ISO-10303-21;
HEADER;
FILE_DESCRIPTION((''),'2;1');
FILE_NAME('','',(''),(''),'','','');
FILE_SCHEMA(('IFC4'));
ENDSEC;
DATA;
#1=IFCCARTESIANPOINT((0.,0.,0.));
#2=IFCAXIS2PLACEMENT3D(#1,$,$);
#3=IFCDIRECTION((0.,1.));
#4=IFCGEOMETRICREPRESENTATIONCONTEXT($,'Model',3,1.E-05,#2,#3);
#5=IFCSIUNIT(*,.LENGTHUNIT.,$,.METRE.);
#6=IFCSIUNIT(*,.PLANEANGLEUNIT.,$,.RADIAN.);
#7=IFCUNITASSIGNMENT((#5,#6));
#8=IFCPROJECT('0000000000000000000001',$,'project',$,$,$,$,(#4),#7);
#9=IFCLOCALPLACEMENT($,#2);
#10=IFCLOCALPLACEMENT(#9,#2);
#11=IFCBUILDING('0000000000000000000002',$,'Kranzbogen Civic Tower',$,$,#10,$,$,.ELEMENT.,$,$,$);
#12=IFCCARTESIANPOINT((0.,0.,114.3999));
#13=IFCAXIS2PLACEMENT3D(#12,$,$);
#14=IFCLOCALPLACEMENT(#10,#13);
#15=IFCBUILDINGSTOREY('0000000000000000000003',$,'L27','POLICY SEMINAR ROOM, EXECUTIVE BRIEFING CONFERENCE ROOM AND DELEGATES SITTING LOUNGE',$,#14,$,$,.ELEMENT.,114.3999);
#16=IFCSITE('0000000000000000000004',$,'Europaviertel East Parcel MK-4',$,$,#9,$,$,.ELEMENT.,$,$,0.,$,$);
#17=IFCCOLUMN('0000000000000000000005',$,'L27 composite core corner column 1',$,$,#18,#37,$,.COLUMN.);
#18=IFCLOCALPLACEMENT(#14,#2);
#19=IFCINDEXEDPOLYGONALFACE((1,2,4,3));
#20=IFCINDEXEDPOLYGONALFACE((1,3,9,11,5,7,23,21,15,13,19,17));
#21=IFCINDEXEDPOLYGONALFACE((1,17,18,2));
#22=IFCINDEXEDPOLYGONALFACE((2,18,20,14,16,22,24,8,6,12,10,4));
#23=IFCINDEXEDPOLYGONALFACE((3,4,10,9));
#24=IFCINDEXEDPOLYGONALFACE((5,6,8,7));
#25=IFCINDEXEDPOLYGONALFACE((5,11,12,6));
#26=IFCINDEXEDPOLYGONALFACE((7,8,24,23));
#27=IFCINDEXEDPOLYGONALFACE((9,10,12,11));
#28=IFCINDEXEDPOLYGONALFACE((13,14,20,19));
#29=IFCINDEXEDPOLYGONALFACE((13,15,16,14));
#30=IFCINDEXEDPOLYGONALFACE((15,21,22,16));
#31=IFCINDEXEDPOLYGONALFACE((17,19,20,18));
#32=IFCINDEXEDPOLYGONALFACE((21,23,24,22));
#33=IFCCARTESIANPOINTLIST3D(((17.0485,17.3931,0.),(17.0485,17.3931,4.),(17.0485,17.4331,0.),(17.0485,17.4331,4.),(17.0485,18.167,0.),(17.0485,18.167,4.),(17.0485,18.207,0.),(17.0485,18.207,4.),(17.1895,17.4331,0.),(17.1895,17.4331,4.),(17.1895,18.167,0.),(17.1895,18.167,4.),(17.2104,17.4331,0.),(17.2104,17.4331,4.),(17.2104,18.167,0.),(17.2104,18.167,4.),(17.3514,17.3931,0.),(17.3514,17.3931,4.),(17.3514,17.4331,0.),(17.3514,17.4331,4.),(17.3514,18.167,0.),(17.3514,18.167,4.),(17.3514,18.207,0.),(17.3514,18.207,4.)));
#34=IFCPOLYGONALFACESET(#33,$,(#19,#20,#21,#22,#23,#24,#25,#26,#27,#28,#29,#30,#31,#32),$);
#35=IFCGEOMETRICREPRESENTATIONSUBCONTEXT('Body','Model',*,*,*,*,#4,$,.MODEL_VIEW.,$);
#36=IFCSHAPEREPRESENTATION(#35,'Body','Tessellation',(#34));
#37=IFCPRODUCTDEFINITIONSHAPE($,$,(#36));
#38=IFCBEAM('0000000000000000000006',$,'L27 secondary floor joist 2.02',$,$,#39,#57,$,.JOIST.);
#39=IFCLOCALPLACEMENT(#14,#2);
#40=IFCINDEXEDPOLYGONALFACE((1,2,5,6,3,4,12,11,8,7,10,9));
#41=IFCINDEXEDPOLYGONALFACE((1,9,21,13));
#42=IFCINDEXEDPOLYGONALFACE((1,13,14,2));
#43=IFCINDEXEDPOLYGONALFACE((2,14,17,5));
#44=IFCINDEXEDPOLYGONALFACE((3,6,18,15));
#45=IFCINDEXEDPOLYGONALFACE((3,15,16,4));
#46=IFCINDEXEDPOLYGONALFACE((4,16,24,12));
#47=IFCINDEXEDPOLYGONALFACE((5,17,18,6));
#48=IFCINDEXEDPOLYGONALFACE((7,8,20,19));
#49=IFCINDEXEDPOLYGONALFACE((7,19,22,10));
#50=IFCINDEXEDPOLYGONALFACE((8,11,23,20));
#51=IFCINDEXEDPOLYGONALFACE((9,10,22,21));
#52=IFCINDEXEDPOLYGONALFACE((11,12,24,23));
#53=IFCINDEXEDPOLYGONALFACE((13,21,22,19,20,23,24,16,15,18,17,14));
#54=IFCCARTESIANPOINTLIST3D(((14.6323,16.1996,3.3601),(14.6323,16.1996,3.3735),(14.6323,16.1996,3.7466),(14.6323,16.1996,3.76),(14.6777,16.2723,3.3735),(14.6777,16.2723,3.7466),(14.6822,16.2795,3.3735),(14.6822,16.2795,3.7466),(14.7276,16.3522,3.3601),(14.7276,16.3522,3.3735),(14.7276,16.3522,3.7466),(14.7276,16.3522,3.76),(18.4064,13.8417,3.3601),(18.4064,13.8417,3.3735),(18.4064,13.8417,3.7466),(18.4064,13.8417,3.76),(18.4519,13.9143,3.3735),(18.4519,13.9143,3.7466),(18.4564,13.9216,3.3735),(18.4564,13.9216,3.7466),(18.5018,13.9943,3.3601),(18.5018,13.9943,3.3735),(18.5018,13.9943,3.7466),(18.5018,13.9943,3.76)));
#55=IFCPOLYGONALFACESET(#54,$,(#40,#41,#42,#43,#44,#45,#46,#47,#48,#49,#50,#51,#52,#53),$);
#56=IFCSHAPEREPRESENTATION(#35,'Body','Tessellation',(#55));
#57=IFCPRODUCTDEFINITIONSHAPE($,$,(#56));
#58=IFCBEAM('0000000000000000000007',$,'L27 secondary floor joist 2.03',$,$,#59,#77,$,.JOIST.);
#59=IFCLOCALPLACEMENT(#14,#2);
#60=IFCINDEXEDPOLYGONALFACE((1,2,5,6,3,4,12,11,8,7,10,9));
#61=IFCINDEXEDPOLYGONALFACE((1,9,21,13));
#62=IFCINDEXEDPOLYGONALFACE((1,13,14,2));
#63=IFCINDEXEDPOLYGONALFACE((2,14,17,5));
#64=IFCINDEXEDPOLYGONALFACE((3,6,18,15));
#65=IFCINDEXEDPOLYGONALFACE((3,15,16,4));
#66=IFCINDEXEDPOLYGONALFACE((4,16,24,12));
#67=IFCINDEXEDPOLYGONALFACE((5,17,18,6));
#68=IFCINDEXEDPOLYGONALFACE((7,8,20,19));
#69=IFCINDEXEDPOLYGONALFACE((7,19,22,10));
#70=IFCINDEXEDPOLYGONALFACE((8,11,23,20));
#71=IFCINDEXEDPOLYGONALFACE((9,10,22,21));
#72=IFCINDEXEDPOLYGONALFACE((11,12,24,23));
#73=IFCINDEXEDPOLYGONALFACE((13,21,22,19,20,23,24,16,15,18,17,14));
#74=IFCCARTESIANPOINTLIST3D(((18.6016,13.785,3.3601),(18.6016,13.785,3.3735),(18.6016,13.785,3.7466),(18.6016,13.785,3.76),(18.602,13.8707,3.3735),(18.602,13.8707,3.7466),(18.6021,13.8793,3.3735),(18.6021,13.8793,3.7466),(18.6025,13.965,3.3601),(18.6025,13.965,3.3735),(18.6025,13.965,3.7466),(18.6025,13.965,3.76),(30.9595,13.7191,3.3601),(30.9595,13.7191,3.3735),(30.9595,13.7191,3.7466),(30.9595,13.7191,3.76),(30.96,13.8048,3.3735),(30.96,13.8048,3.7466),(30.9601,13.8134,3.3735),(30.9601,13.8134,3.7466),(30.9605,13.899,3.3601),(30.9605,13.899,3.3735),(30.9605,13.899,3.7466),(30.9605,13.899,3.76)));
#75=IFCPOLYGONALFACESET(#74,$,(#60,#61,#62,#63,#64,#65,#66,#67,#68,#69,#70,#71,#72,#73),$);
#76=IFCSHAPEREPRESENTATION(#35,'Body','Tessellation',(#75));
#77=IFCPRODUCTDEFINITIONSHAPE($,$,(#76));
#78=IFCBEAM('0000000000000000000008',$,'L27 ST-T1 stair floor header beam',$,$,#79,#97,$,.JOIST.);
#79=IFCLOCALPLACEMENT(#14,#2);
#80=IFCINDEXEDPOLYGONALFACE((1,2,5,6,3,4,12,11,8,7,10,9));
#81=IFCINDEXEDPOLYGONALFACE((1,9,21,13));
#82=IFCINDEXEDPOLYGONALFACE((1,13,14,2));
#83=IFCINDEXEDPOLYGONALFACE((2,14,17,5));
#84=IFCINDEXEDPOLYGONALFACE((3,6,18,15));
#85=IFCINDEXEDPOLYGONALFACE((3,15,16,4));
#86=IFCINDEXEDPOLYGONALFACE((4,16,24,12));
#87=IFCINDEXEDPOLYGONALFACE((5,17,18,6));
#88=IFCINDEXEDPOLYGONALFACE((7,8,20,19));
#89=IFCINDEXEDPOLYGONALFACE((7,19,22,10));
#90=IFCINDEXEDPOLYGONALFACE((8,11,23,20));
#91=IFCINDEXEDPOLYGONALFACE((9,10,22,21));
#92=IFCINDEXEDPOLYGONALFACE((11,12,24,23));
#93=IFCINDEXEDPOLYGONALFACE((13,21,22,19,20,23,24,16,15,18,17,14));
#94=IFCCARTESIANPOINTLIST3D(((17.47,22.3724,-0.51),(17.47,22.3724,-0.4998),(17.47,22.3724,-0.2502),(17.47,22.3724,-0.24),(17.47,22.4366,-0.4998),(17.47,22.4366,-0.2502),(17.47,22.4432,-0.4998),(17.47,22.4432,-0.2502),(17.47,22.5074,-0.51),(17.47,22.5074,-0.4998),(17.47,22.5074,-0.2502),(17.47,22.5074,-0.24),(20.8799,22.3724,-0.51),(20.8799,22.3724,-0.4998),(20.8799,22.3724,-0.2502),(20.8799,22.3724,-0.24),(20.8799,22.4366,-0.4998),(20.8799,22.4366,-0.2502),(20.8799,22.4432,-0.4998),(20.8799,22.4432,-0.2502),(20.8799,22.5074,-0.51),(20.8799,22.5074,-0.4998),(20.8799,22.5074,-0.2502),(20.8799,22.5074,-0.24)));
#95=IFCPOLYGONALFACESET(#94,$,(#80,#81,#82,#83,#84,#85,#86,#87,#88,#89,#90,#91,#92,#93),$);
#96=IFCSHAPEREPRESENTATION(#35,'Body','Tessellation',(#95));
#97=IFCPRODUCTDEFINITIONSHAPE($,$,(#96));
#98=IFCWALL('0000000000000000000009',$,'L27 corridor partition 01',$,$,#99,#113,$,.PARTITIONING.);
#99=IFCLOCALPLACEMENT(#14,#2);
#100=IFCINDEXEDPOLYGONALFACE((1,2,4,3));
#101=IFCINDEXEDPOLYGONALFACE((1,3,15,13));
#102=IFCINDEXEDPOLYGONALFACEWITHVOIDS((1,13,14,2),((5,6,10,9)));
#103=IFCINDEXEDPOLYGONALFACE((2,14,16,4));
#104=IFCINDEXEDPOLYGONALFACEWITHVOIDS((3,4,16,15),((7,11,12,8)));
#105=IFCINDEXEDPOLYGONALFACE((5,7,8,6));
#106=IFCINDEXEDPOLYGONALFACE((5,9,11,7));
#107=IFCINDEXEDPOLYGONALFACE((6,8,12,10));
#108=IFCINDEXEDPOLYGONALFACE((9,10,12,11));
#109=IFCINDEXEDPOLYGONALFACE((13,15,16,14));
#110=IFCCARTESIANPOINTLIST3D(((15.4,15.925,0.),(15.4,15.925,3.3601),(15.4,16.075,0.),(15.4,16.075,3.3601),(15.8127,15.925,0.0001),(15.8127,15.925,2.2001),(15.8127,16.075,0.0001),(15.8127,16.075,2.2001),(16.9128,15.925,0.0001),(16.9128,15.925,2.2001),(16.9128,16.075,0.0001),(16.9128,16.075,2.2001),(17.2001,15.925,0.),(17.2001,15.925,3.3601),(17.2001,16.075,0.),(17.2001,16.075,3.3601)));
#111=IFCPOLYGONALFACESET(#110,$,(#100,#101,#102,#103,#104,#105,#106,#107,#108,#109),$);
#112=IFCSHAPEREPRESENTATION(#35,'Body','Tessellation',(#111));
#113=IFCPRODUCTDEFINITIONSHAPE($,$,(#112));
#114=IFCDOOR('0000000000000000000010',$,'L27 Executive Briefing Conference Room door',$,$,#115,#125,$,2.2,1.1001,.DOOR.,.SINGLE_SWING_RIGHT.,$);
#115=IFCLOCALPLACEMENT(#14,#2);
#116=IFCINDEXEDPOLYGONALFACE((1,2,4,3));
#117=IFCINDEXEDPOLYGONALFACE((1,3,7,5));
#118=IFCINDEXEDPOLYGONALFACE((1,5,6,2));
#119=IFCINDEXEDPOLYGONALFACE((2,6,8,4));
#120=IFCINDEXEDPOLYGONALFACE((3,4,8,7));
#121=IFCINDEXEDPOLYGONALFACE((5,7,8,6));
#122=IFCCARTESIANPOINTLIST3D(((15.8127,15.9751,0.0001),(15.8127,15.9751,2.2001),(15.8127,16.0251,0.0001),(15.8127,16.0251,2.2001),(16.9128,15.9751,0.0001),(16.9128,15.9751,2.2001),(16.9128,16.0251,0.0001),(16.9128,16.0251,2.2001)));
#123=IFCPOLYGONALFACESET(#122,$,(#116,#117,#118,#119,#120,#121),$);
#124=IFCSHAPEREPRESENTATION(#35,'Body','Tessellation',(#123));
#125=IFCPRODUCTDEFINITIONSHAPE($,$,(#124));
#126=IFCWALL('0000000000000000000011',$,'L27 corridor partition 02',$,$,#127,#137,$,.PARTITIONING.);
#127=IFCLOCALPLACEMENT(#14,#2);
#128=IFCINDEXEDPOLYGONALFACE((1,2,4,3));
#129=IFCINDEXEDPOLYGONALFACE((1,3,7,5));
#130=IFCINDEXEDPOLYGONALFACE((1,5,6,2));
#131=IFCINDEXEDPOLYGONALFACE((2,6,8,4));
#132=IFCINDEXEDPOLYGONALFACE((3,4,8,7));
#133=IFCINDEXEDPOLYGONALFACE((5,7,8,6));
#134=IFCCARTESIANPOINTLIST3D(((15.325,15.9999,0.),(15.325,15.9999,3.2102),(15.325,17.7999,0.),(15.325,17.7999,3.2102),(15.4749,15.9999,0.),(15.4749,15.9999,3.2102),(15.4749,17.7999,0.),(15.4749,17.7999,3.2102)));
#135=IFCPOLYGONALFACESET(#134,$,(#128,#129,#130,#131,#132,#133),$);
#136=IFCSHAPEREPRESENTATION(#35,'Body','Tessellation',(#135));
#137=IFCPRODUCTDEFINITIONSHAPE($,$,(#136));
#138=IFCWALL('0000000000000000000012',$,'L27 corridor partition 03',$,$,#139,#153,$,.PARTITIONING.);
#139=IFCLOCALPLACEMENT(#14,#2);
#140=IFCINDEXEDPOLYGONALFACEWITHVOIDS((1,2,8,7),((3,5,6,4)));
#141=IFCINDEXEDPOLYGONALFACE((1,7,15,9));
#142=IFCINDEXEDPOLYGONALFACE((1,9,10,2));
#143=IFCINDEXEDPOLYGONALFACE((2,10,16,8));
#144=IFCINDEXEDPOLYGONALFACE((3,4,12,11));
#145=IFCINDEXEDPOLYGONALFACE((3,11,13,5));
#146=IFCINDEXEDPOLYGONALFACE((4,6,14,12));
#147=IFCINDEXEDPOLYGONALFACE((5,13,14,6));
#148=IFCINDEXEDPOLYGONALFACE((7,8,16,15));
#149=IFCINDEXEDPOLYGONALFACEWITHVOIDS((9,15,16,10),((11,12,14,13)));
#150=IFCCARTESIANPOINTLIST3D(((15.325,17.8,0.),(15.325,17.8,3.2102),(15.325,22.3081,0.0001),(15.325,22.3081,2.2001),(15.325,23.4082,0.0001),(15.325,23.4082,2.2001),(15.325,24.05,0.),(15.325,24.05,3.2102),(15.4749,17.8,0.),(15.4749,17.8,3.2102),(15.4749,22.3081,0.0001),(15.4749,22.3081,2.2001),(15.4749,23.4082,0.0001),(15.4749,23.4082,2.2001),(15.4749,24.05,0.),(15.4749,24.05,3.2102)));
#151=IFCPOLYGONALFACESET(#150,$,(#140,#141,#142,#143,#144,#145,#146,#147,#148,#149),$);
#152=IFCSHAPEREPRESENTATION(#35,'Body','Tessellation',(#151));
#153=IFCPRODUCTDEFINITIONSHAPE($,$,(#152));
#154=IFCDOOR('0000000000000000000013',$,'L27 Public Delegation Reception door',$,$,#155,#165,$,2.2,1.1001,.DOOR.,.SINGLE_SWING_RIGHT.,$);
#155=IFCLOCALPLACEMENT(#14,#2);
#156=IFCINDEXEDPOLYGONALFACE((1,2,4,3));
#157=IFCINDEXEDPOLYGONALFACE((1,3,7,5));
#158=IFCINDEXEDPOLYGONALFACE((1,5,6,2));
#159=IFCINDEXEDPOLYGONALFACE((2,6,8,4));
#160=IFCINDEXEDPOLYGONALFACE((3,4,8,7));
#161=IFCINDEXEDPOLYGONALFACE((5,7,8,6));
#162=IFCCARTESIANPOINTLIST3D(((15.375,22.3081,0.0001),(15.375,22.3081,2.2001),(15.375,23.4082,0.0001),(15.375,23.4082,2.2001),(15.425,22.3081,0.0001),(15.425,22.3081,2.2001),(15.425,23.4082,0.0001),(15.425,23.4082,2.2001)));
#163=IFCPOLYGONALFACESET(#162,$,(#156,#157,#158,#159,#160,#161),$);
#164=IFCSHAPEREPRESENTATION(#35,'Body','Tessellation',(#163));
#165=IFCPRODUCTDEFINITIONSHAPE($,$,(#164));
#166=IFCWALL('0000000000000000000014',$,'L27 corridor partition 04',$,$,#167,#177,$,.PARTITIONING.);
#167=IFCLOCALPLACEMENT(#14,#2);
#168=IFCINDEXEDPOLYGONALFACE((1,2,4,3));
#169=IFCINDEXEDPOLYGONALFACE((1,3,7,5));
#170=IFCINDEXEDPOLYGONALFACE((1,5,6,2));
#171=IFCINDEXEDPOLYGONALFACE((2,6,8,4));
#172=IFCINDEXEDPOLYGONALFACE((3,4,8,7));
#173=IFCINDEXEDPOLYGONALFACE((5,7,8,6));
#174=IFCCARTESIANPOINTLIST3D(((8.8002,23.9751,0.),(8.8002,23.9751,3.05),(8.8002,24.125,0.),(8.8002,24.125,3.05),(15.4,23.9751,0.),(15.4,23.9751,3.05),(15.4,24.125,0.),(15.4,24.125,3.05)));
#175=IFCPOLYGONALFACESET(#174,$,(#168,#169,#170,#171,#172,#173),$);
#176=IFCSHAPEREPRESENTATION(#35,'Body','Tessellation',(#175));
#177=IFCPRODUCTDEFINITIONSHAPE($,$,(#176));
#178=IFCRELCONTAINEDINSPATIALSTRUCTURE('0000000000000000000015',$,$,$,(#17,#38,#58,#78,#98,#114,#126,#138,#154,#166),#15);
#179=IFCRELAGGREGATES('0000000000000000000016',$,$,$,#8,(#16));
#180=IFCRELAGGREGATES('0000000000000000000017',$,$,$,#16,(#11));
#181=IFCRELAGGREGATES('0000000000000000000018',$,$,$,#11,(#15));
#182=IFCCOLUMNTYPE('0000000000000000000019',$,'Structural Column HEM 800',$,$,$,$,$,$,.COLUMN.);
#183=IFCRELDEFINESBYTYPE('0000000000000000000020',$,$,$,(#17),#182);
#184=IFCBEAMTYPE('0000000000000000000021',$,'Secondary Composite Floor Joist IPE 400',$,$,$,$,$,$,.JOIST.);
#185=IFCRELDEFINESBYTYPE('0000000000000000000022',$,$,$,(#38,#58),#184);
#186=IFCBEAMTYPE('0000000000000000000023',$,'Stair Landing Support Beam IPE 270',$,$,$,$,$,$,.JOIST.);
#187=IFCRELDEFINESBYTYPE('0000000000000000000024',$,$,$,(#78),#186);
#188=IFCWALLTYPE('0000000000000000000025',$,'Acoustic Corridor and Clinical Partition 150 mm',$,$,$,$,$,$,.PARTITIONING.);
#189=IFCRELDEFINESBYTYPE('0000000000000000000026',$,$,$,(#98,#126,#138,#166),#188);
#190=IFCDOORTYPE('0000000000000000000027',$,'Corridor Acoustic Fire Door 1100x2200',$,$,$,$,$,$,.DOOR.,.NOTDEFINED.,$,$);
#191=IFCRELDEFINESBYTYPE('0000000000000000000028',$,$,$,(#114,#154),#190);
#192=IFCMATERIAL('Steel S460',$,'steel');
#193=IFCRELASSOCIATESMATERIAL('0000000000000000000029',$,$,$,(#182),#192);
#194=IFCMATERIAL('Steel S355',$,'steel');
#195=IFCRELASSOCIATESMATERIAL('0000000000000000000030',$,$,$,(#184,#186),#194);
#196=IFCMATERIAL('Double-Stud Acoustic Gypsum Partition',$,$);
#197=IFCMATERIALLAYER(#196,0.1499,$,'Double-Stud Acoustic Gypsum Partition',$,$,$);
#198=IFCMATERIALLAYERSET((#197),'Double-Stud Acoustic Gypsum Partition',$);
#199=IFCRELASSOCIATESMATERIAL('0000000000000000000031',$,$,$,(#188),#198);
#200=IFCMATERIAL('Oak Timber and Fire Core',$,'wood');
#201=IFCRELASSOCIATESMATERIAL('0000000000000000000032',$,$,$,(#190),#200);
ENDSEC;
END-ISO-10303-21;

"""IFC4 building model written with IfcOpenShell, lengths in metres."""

from ifc_helpers import new_model, si_unit, direction, frame, frame_2d, origin, origin_2d, place, context, subcontext, project, spatial, rectangle, i_section, extrude, material, layer, layer_set, material_profile, profile_set, type_object, element, fill, save


model = new_model("IFC4")

# Units and contexts
model_context = context("Model", 3, precision=1e-05, world=origin(), true_north=direction((0.0, 1.0)))
body_context = subcontext(model_context, "Body", "Model", "MODEL_VIEW")
ifc_project = project(units=[si_unit("LENGTHUNIT", "METRE"), si_unit("PLANEANGLEUNIT", "RADIAN")], contexts=[model_context])

# Site, building, storey
site_placement = place(None, origin())
site = spatial("IfcSite", under=ifc_project, at=site_placement, Name="Europaviertel East Parcel MK-4", CompositionType="ELEMENT", RefElevation=0.0)
building_placement = place(site_placement, origin())
building = spatial("IfcBuilding", under=site, at=building_placement, Name="Kranzbogen Civic Tower", CompositionType="ELEMENT")
storey_placement = place(building_placement, frame((0.0, 0.0, 114.3999)))
storey = spatial("IfcBuildingStorey", under=building, at=storey_placement, Name="L27", Description="POLICY SEMINAR ROOM, EXECUTIVE BRIEFING CONFERENCE ROOM AND DELEGATES SITTING LOUNGE", CompositionType="ELEMENT", Elevation=114.3999)

# Column
ifc_material_1 = material(Name="Steel S460", Category="steel")
ifc_material_profile_1 = material_profile(ifc_material_1, i_section(OverallWidth=0.303, OverallDepth=0.814, WebThickness=0.021, FlangeThickness=0.04, at=origin_2d()), Name="HEM 800")
ifc_profile_set_1 = profile_set([ifc_material_profile_1], Name="Steel S460")
column_type = type_object("IfcColumnType", Name="Structural Column HEM 800", PredefinedType="COLUMN", material=ifc_profile_set_1)
column_placement = place(storey_placement, frame((17.2, 17.8, 0.0), z_axis=(0.0, 0.0, 1.0), x_axis=(1.0, 0.0, 0.0)))
element("IfcColumn", 1, at=column_placement, inside=storey, type_object=column_type, Name="L27 composite core corner column 1", PredefinedType="COLUMN", context=body_context, shape_type="SweptSolid", body=[
    extrude(i_section(OverallWidth=0.303, OverallDepth=0.814, WebThickness=0.021, FlangeThickness=0.04, at=origin_2d()), origin(), (0.0, 0.0, 1.0), 4.0),
])

# Beams
ifc_material_2 = material(Name="Steel S355", Category="steel")
ifc_material_profile_2 = material_profile(ifc_material_2, i_section(OverallWidth=0.1799, OverallDepth=0.3999, WebThickness=0.0085, FlangeThickness=0.0134, at=origin_2d()), Name="IPE 400")
ifc_profile_set_2 = profile_set([ifc_material_profile_2], Name="Steel S355")
beam_type_1 = type_object("IfcBeamType", Name="Secondary Composite Floor Joist IPE 400", PredefinedType="JOIST", material=ifc_profile_set_2)
beam_1_placement = place(storey_placement, frame((14.6799, 16.2759, 3.5601), z_axis=(0.848094, -0.529846, 0.0), x_axis=(0.529846, 0.848094, 0.0)))
element("IfcBeam", 2, at=beam_1_placement, inside=storey, type_object=beam_type_1, Name="L27 secondary floor joist 2.02", PredefinedType="JOIST", context=body_context, shape_type="SweptSolid", body=[
    extrude(i_section(OverallWidth=0.1799, OverallDepth=0.3999, WebThickness=0.0085, FlangeThickness=0.0134, at=origin_2d()), origin(), (0.0, 0.0, 1.0), 4.4502),
])
beam_2_placement = place(storey_placement, frame((18.6021, 13.875, 3.5601), z_axis=(0.999986, -0.005334, 0.0), x_axis=(0.005334, 0.999986, 0.0)))
element("IfcBeam", 3, at=beam_2_placement, inside=storey, type_object=beam_type_1, Name="L27 secondary floor joist 2.03", PredefinedType="JOIST", context=body_context, shape_type="SweptSolid", body=[
    extrude(i_section(OverallWidth=0.1799, OverallDepth=0.3999, WebThickness=0.0085, FlangeThickness=0.0134, at=origin_2d()), origin(), (0.0, 0.0, 1.0), 12.3582),
])
ifc_material_profile_3 = material_profile(ifc_material_2, i_section(OverallWidth=0.135, OverallDepth=0.27, WebThickness=0.0066, FlangeThickness=0.0103, at=origin_2d()), Name="IPE 270")
ifc_profile_set_3 = profile_set([ifc_material_profile_3], Name="Steel S355")
beam_type_2 = type_object("IfcBeamType", Name="Stair Landing Support Beam IPE 270", PredefinedType="JOIST", material=ifc_profile_set_3)
beam_3_placement = place(storey_placement, frame((20.8799, 22.4399, -0.375), z_axis=(-1.0, 0.0, 0.0), x_axis=(0.0, -1.0, 0.0)))
element("IfcBeam", 4, at=beam_3_placement, inside=storey, type_object=beam_type_2, Name="L27 ST-T1 stair floor header beam", PredefinedType="JOIST", context=body_context, shape_type="SweptSolid", body=[
    extrude(i_section(OverallWidth=0.135, OverallDepth=0.27, WebThickness=0.0066, FlangeThickness=0.0103, at=origin_2d()), origin(), (0.0, 0.0, 1.0), 3.4099),
])

# Wall, opening, door
ifc_material_3 = material(Name="Double-Stud Acoustic Gypsum Partition")
ifc_layer_1 = layer(ifc_material_3, 0.1499, Name="Double-Stud Acoustic Gypsum Partition")
ifc_layer_set_1 = layer_set([ifc_layer_1], Name="Double-Stud Acoustic Gypsum Partition")
wall_type_1 = type_object("IfcWallType", Name="Acoustic Corridor and Clinical Partition 150 mm", PredefinedType="PARTITIONING", material=ifc_layer_set_1)
wall_1_placement = place(storey_placement, frame((17.2, 16.0, 0.0), z_axis=(0.0, 0.0, 1.0), x_axis=(-1.0, 0.0, 0.0)))
wall_1 = element("IfcWall", 5, at=wall_1_placement, inside=storey, type_object=wall_type_1, Name="L27 corridor partition 01", PredefinedType="PARTITIONING", context=body_context, shape_type="SweptSolid", body=[
    extrude(rectangle(XDim=1.8, YDim=0.1499, at=frame_2d((0.8999, 0.0))), origin(), (0.0, 0.0, 1.0), 3.3601),
])
opening_1_placement = place(wall_1_placement, frame((0.2871, 0.0, 0.0)))
opening_1 = element("IfcOpeningElement", 6, at=opening_1_placement, cuts=wall_1, PredefinedType="OPENING", context=body_context, shape_type="SweptSolid", body=[
    extrude(rectangle(XDim=1.1001, YDim=2.2, at=frame_2d((0.55, 1.1001))), frame((0.0, 0.085, 0.0), z_axis=(0.0, -1.0, 0.0), x_axis=(1.0, 0.0, 0.0)), (0.0, 0.0, 1.0), 0.1699),
])
ifc_material_4 = material(Name="Oak Timber and Fire Core", Category="wood")
door_type_1 = type_object("IfcDoorType", Name="Corridor Acoustic Fire Door 1100x2200", OperationType="NOTDEFINED", PredefinedType="DOOR", material=ifc_material_4)
door_1_placement = place(opening_1_placement, origin())
door_1 = element("IfcDoor", 7, at=door_1_placement, inside=storey, type_object=door_type_1, Name="L27 Executive Briefing Conference Room door", OperationType="SINGLE_SWING_RIGHT", OverallHeight=2.2, OverallWidth=1.1001, PredefinedType="DOOR", context=body_context, shape_type="SweptSolid", body=[
    extrude(rectangle(XDim=1.1001, YDim=2.2, at=frame_2d((0.55, 1.1001))), frame((0.0, 0.0249, 0.0), z_axis=(0.0, -1.0, 0.0), x_axis=(1.0, 0.0, 0.0)), (0.0, 0.0, 1.0), 0.05),
])
fill(opening_1, door_1)

# Wall
wall_2_placement = place(storey_placement, frame((15.3999, 16.0, 0.0), z_axis=(0.0, 0.0, 1.0), x_axis=(0.0, 1.0, 0.0)))
element("IfcWall", 8, at=wall_2_placement, inside=storey, type_object=wall_type_1, Name="L27 corridor partition 02", PredefinedType="PARTITIONING", context=body_context, shape_type="SweptSolid", body=[
    extrude(rectangle(XDim=1.8, YDim=0.1499, at=frame_2d((0.8999, 0.0))), origin(), (0.0, 0.0, 1.0), 3.2102),
])

# Wall, opening, door
wall_3_placement = place(storey_placement, frame((15.3999, 17.8, 0.0), z_axis=(0.0, 0.0, 1.0), x_axis=(0.0, 1.0, 0.0)))
wall_3 = element("IfcWall", 9, at=wall_3_placement, inside=storey, type_object=wall_type_1, Name="L27 corridor partition 03", PredefinedType="PARTITIONING", context=body_context, shape_type="SweptSolid", body=[
    extrude(rectangle(XDim=6.25, YDim=0.1499, at=frame_2d((3.125, 0.0))), origin(), (0.0, 0.0, 1.0), 3.2102),
])
opening_2_placement = place(wall_3_placement, frame((4.5081, 0.0, 0.0)))
opening_2 = element("IfcOpeningElement", 10, at=opening_2_placement, cuts=wall_3, PredefinedType="OPENING", context=body_context, shape_type="SweptSolid", body=[
    extrude(rectangle(XDim=1.1001, YDim=2.2, at=frame_2d((0.55, 1.1001))), frame((0.0, 0.085, 0.0), z_axis=(0.0, -1.0, 0.0), x_axis=(1.0, 0.0, 0.0)), (0.0, 0.0, 1.0), 0.1699),
])
door_2_placement = place(opening_2_placement, origin())
door_2 = element("IfcDoor", 11, at=door_2_placement, inside=storey, type_object=door_type_1, Name="L27 Public Delegation Reception door", OperationType="SINGLE_SWING_RIGHT", OverallHeight=2.2, OverallWidth=1.1001, PredefinedType="DOOR", context=body_context, shape_type="SweptSolid", body=[
    extrude(rectangle(XDim=1.1001, YDim=2.2, at=frame_2d((0.55, 1.1001))), frame((0.0, 0.0249, 0.0), z_axis=(0.0, -1.0, 0.0), x_axis=(1.0, 0.0, 0.0)), (0.0, 0.0, 1.0), 0.05),
])
fill(opening_2, door_2)

# Wall
wall_4_placement = place(storey_placement, frame((15.3999, 24.05, 0.0), z_axis=(0.0, 0.0, 1.0), x_axis=(-1.0, 0.0, 0.0)))
element("IfcWall", 12, at=wall_4_placement, inside=storey, type_object=wall_type_1, Name="L27 corridor partition 04", PredefinedType="PARTITIONING", context=body_context, shape_type="SweptSolid", body=[
    extrude(rectangle(XDim=6.5999, YDim=0.1499, at=frame_2d((3.2998, 0.0))), origin(), (0.0, 0.0, 1.0), 3.05),
])

save(model, "model.ifc")
